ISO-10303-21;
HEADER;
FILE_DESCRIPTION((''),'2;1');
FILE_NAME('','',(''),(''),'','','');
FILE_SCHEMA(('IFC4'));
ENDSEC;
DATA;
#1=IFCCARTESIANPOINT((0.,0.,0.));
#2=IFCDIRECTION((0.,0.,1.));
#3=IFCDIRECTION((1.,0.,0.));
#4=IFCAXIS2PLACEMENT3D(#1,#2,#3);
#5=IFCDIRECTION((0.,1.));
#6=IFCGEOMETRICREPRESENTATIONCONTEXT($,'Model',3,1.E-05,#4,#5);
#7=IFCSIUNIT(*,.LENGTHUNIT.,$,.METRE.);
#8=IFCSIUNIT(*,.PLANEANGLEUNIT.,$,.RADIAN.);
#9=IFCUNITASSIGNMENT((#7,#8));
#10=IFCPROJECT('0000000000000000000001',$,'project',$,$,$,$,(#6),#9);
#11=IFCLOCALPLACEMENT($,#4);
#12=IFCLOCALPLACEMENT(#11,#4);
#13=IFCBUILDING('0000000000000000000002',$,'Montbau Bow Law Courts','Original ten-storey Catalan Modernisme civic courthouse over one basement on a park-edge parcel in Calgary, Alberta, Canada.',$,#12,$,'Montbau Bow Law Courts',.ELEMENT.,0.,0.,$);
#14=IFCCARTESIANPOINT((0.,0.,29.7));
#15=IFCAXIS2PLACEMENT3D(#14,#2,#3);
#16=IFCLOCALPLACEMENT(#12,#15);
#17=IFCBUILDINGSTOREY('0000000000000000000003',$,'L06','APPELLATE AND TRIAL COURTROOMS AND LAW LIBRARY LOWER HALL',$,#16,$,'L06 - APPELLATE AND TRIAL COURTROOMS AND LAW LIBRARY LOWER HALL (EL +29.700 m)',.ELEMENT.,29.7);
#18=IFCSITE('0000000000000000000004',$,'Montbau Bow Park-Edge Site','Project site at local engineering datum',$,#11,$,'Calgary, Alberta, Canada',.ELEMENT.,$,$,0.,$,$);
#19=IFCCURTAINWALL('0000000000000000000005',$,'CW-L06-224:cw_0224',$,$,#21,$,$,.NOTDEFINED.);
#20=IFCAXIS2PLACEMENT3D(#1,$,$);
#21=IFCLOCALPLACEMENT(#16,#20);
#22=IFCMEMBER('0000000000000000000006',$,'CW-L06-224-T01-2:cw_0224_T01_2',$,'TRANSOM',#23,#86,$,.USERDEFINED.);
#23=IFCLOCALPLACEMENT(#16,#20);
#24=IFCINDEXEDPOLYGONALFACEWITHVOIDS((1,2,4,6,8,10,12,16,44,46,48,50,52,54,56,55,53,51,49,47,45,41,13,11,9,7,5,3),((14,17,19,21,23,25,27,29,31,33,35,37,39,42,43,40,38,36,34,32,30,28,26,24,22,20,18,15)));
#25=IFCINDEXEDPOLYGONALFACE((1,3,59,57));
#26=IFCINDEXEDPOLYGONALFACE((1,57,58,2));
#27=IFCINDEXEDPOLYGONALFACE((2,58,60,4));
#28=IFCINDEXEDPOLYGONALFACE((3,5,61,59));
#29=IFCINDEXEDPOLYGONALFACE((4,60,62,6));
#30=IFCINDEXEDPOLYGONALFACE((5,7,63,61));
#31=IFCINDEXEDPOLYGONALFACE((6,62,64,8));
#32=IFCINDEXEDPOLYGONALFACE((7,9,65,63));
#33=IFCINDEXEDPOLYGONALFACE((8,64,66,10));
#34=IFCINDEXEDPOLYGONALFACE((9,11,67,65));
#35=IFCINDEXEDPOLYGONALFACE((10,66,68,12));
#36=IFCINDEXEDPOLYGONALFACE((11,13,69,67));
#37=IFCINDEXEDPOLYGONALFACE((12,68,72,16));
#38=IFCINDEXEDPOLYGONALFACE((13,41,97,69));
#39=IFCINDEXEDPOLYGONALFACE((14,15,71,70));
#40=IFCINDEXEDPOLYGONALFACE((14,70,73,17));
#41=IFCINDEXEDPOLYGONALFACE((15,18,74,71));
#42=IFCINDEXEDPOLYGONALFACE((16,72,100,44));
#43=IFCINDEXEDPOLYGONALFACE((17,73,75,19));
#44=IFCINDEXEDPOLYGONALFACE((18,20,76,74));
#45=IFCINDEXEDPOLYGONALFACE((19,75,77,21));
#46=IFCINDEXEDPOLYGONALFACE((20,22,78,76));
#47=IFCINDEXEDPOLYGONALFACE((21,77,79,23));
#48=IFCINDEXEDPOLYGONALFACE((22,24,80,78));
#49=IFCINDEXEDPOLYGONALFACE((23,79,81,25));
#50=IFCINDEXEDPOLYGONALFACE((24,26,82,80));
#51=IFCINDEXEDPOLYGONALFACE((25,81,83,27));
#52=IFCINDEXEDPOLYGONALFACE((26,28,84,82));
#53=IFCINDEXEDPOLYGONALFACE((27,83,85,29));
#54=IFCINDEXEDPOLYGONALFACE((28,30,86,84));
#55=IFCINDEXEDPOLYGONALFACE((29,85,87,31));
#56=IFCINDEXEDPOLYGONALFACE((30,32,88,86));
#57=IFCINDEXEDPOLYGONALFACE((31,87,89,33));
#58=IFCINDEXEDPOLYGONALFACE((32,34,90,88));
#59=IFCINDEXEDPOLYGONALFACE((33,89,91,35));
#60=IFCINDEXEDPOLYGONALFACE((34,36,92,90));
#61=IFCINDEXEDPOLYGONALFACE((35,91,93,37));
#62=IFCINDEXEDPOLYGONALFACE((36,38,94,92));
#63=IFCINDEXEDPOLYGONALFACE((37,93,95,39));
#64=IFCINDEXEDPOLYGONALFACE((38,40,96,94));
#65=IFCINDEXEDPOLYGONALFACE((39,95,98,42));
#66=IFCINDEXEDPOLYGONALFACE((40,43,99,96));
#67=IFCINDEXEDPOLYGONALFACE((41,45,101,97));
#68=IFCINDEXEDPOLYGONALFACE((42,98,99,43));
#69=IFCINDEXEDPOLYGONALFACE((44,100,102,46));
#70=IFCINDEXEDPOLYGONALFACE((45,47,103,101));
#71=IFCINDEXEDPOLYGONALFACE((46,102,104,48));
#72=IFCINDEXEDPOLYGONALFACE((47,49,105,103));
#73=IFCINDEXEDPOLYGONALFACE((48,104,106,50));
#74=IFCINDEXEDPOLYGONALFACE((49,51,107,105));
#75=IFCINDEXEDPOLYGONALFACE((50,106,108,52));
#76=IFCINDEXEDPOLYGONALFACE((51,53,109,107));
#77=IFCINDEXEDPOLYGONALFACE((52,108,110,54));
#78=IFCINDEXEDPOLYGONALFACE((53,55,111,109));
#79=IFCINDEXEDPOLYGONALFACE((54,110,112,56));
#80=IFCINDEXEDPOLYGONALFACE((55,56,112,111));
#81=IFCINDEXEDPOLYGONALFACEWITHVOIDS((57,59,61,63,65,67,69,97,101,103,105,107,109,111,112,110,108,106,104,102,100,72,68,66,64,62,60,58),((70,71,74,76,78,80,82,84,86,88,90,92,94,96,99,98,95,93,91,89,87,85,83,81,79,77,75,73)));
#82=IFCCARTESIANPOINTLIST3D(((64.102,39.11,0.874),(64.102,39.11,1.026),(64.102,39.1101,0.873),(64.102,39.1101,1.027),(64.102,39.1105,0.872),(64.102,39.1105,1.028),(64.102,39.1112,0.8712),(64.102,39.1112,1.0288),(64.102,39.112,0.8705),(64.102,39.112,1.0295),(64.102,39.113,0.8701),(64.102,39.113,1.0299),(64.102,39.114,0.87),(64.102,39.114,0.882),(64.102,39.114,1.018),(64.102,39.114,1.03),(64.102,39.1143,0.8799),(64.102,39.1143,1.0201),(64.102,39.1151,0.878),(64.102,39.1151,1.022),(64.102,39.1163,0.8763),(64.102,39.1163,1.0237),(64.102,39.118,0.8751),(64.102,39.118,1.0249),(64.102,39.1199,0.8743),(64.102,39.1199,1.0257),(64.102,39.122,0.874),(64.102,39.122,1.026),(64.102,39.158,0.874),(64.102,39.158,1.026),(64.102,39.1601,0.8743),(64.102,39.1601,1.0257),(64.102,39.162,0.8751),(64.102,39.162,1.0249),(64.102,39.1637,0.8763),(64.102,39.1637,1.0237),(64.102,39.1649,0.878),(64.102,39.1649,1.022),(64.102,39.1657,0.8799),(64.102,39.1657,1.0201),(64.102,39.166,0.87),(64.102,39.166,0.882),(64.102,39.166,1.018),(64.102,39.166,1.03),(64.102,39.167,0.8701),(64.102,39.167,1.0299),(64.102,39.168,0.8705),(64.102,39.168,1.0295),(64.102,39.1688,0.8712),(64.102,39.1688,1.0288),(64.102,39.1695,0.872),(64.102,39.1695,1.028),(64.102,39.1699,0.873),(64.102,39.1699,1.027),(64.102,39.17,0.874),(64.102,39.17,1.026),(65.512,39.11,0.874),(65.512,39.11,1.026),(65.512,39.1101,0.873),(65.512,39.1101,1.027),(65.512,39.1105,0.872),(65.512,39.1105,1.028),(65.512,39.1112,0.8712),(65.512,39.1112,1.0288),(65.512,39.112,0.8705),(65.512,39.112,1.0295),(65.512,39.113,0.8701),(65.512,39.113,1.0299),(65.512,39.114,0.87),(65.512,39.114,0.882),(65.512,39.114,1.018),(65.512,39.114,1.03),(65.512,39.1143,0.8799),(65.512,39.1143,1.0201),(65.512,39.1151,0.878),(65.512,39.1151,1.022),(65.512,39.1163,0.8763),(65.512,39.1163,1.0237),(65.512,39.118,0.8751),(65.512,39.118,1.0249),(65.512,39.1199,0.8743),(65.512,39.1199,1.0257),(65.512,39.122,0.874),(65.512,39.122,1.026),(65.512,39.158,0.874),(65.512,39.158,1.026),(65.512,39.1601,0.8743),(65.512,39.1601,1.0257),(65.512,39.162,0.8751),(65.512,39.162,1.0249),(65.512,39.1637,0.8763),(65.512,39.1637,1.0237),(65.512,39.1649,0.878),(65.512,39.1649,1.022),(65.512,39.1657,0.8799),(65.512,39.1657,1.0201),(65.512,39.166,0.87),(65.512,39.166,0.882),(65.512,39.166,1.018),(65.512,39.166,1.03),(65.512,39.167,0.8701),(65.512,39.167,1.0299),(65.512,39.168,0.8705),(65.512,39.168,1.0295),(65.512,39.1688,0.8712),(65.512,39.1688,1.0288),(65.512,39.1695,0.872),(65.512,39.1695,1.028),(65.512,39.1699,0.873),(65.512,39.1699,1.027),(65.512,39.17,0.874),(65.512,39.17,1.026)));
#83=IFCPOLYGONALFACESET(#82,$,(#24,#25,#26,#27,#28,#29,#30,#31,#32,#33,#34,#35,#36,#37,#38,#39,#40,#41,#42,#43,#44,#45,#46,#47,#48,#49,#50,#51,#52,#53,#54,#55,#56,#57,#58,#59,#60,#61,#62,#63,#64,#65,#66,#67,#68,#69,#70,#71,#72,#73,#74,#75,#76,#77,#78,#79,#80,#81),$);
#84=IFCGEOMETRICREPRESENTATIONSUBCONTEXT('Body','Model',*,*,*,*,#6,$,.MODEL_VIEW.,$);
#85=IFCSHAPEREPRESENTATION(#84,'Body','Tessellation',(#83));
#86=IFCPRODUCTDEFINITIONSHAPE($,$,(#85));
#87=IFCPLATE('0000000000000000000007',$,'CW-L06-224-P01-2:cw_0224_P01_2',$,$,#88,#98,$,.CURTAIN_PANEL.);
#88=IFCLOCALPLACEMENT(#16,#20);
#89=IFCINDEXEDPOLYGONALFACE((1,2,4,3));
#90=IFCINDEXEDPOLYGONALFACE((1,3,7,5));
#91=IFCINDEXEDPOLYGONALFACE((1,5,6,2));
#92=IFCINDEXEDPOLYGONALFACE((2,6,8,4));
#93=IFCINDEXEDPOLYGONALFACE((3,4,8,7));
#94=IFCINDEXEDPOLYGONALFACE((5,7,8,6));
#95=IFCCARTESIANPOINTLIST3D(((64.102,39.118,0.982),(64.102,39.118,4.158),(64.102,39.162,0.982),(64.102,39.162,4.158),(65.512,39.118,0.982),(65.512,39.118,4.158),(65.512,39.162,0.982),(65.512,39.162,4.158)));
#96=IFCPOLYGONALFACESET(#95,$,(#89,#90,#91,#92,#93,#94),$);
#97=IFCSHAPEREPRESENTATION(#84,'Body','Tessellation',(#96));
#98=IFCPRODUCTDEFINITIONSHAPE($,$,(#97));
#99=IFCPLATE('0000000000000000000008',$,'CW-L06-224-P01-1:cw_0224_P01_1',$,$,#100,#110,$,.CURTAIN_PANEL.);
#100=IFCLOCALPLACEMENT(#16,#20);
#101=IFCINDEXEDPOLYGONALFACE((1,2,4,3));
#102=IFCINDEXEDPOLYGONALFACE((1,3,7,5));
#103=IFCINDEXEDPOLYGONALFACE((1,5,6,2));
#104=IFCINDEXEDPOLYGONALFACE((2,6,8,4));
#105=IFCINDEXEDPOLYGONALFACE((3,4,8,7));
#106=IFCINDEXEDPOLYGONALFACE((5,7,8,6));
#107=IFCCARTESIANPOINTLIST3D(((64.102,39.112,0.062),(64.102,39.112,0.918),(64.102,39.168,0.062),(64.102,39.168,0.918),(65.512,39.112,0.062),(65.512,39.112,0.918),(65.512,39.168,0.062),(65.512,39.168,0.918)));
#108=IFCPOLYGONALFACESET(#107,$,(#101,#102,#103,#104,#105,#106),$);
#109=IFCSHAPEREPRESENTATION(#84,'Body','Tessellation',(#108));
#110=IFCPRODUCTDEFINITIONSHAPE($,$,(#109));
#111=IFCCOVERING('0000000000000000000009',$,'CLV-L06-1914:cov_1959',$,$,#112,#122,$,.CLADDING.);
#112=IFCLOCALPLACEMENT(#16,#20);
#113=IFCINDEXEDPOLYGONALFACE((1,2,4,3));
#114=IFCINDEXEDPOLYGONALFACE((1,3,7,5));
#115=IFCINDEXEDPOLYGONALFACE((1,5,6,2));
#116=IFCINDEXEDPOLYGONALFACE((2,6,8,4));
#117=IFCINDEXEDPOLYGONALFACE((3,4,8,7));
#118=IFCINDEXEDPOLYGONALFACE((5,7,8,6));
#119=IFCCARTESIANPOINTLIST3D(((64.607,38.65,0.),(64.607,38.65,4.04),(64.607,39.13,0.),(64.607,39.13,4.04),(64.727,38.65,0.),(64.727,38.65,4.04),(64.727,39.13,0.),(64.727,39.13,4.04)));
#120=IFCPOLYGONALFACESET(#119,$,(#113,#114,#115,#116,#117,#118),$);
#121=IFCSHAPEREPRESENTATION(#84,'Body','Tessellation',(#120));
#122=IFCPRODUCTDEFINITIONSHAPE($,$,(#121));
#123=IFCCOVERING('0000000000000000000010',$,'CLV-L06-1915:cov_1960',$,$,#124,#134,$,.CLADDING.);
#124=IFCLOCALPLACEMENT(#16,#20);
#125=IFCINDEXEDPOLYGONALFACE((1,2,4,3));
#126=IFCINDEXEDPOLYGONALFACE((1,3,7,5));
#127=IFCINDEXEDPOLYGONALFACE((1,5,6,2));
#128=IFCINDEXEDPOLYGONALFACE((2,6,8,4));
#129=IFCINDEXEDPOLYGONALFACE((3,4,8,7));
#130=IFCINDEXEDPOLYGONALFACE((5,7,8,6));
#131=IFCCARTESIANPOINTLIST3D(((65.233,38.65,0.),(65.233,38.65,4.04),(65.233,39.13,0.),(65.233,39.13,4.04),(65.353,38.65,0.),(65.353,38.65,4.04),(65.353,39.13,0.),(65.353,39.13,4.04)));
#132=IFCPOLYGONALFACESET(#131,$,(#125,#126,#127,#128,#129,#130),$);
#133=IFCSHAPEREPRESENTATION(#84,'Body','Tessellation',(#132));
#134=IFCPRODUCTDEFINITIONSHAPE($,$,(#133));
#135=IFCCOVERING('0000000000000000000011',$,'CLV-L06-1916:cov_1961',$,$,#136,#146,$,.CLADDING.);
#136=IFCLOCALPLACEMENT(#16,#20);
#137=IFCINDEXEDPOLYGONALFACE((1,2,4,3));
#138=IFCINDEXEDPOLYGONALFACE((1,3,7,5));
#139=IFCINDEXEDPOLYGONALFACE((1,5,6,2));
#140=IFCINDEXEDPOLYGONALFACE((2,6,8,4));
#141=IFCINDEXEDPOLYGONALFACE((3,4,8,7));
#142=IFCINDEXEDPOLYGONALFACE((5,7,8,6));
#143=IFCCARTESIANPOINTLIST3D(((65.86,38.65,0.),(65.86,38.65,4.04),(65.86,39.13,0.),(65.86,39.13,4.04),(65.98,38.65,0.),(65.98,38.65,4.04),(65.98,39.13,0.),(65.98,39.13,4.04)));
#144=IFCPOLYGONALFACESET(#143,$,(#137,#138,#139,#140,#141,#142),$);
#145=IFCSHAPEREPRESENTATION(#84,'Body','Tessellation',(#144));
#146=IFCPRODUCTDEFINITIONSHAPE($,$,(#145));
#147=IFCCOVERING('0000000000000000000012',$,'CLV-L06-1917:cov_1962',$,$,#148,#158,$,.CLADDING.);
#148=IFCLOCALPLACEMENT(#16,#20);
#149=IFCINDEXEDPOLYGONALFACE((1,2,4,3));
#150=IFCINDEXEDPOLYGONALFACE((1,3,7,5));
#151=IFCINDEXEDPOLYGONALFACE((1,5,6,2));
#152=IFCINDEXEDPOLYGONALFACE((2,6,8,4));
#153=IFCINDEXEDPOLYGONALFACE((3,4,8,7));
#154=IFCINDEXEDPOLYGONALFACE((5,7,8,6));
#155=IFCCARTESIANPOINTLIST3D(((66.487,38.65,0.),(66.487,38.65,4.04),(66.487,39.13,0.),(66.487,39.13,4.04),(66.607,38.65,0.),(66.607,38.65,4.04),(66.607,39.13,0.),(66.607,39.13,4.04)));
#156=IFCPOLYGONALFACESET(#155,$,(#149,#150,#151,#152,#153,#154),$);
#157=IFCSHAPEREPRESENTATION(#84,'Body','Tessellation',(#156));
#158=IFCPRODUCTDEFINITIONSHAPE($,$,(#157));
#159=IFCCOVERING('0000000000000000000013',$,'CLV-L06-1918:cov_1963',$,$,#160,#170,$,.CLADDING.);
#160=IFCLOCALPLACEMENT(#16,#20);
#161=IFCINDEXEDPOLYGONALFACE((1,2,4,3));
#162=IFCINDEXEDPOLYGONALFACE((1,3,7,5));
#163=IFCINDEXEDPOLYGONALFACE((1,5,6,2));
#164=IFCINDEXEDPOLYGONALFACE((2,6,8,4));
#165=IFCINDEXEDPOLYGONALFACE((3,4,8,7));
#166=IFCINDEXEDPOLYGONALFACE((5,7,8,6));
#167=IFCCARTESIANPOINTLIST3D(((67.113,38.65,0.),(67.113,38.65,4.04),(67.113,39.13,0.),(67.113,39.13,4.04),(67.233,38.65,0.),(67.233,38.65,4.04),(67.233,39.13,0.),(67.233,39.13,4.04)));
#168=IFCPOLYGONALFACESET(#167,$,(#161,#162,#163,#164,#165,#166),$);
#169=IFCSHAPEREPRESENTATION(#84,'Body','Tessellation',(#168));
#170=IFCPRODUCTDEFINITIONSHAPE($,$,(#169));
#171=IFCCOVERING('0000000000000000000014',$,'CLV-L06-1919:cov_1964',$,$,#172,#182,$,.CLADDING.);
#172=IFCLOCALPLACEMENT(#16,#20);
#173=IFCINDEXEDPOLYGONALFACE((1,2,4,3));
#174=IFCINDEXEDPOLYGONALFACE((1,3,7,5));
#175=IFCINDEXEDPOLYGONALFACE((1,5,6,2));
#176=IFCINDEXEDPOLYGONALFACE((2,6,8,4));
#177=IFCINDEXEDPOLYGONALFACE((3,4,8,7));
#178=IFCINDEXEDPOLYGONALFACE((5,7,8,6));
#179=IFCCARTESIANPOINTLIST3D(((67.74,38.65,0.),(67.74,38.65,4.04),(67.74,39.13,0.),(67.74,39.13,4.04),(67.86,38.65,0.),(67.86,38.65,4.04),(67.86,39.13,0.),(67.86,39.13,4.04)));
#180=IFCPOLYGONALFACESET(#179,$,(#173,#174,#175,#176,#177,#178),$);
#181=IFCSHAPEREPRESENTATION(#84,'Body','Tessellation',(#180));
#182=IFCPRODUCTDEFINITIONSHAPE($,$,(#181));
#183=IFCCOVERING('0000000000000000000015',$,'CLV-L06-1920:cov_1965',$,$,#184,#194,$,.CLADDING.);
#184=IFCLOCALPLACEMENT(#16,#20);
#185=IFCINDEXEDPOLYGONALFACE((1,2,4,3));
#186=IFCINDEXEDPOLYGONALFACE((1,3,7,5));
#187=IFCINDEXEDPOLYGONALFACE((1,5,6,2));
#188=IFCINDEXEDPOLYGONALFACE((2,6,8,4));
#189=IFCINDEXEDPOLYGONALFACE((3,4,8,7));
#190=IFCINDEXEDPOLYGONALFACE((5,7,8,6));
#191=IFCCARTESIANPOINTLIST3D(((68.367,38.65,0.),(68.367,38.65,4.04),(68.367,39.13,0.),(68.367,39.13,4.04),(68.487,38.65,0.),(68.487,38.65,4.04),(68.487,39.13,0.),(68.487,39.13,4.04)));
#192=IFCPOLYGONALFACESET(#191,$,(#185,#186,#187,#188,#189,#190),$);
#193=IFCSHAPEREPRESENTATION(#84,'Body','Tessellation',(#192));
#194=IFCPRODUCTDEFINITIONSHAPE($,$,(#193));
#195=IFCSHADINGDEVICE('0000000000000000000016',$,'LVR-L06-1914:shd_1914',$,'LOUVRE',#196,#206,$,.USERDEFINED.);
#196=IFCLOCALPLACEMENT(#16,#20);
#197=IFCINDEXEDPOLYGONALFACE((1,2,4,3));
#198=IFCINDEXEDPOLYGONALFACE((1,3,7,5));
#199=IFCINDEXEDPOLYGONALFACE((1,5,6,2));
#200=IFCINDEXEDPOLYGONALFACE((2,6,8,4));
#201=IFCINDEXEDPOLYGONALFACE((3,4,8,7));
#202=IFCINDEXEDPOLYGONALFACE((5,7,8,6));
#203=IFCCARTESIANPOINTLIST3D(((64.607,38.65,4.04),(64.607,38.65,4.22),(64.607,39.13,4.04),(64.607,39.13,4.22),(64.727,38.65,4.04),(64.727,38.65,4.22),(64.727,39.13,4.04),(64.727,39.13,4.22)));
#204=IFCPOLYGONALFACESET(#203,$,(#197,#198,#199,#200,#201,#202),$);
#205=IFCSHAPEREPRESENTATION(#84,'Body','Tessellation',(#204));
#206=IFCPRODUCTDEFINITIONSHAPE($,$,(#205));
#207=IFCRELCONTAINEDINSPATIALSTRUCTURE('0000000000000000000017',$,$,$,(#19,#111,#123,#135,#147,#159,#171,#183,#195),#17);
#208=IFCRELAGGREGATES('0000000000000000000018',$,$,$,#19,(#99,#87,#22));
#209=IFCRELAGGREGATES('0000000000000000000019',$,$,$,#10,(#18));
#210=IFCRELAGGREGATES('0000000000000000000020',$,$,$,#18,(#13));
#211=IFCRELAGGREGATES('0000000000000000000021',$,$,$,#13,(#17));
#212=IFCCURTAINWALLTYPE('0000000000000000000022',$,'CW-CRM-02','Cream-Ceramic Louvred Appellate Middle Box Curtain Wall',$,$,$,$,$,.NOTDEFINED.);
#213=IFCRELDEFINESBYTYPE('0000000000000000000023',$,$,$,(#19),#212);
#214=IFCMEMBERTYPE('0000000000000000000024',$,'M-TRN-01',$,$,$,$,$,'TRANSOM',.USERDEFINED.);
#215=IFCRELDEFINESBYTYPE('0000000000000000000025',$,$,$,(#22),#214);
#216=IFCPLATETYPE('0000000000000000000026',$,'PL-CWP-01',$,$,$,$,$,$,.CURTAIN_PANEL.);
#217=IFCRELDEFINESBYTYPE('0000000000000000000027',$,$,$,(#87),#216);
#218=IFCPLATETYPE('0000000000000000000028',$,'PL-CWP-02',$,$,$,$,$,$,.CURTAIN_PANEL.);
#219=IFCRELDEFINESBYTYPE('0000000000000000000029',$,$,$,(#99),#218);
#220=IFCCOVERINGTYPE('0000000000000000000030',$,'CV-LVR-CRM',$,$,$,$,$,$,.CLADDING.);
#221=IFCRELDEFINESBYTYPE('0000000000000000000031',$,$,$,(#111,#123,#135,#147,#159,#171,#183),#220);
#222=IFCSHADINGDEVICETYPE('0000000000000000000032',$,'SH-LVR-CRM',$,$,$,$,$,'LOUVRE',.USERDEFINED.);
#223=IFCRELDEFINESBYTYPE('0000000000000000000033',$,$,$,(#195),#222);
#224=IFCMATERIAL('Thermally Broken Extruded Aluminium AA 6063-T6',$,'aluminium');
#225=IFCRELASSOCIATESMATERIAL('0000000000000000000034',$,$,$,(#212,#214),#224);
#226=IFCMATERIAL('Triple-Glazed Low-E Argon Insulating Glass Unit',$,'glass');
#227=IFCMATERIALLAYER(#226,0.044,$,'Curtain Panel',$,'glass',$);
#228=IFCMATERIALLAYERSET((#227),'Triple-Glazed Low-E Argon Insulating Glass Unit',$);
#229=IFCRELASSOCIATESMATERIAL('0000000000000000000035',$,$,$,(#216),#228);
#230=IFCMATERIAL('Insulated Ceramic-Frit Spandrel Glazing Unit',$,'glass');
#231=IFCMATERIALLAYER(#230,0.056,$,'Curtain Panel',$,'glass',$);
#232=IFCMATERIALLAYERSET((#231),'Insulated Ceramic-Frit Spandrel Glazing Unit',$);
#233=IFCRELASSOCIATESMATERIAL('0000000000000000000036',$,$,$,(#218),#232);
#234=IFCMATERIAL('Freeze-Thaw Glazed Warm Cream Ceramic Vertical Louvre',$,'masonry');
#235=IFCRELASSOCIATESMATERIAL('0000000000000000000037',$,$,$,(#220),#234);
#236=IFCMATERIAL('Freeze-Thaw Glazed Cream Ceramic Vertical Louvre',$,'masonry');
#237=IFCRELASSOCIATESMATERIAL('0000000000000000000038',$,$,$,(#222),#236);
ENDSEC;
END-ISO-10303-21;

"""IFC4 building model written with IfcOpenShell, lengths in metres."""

from ifc_helpers import new_model, si_unit, direction, frame, frame_2d, origin_with_axes, origin_2d_with_axis, place, context, subcontext, project, spatial, rectangle, hollow_rectangle, extrude, material, layer, layer_set, material_profile, profile_set, type_object, element, aggregate, save


model = new_model("IFC4")

# Units and contexts
model_context = context("Model", 3, precision=1e-05, world=origin_with_axes(), true_north=direction((0.0, 1.0)))
body_context = subcontext(model_context, "Body", "Model", "MODEL_VIEW")
ifc_project = project(units=[si_unit("LENGTHUNIT", "METRE"), si_unit("PLANEANGLEUNIT", "RADIAN")], contexts=[model_context])

# Site, building, storey
site_placement = place(None, origin_with_axes())
site = spatial("IfcSite", under=ifc_project, at=site_placement, Name="Montbau Bow Park-Edge Site", Description="Project site at local engineering datum", LongName="Calgary, Alberta, Canada", CompositionType="ELEMENT", RefElevation=0.0)
building_placement = place(site_placement, origin_with_axes())
building = spatial("IfcBuilding", under=site, at=building_placement, Name="Montbau Bow Law Courts", Description="Original ten-storey Catalan Modernisme civic courthouse over one basement on a park-edge parcel in Calgary, Alberta, Canada.", LongName="Montbau Bow Law Courts", CompositionType="ELEMENT", ElevationOfRefHeight=0.0, ElevationOfTerrain=0.0)
storey_placement = place(building_placement, frame((0.0, 0.0, 29.7), z_axis=(0.0, 0.0, 1.0), x_axis=(1.0, 0.0, 0.0)))
storey = spatial("IfcBuildingStorey", under=building, at=storey_placement, Name="L06", Description="APPELLATE AND TRIAL COURTROOMS AND LAW LIBRARY LOWER HALL", LongName="L06 - APPELLATE AND TRIAL COURTROOMS AND LAW LIBRARY LOWER HALL (EL +29.700 m)", CompositionType="ELEMENT", Elevation=29.7)

# Curtain wall, member, plates
ifc_material_1 = material(Name="Thermally Broken Extruded Aluminium AA 6063-T6", Category="aluminium")
curtain_wall_type = type_object("IfcCurtainWallType", Name="CW-CRM-02", Description="Cream-Ceramic Louvred Appellate Middle Box Curtain Wall", PredefinedType="NOTDEFINED", material=ifc_material_1)
curtain_wall_placement = place(None, frame((64.04, 39.14, 29.7), z_axis=(0.0, 0.0, 1.0), x_axis=(1.0, 0.0, 0.0)))
curtain_wall = element("IfcCurtainWall", 1, at=curtain_wall_placement, inside=storey, type_object=curtain_wall_type, Name="CW-L06-224:cw_0224", PredefinedType="NOTDEFINED")
ifc_material_profile_1 = material_profile(ifc_material_1, hollow_rectangle(XDim=0.06, YDim=0.16, WallThickness=0.004, InnerFilletRadius=0.008, OuterFilletRadius=0.004, at=origin_2d_with_axis()), Name="CWT-160X60", Category="Main", Priority=0)
ifc_profile_set_1 = profile_set([ifc_material_profile_1], Name="Thermally Broken Extruded Aluminium AA 6063-T6")
member_type_1 = type_object("IfcMemberType", Name="M-TRN-01", ElementType="TRANSOM", PredefinedType="USERDEFINED", material=ifc_profile_set_1)
member_1_placement = place(None, frame((64.102, 39.14, 30.65), z_axis=(1.0, 0.0, 0.0), x_axis=(0.0, 1.0, 0.0)))
member_1 = element("IfcMember", 2, at=member_1_placement, type_object=member_type_1, Name="CW-L06-224-T01-2:cw_0224_T01_2", ObjectType="TRANSOM", PredefinedType="USERDEFINED", context=body_context, shape_type="SweptSolid", body=[
    extrude(hollow_rectangle(XDim=0.06, YDim=0.16, WallThickness=0.004, InnerFilletRadius=0.008, OuterFilletRadius=0.004, at=origin_2d_with_axis()), origin_with_axes(), (0.0, 0.0, 1.0), 1.41),
])
ifc_material_2 = material(Name="Triple-Glazed Low-E Argon Insulating Glass Unit", Category="glass")
ifc_layer_1 = layer(ifc_material_2, 0.044, Name="Curtain Panel", Category="glass")
ifc_layer_set_1 = layer_set([ifc_layer_1], Name="Triple-Glazed Low-E Argon Insulating Glass Unit")
plate_type_1 = type_object("IfcPlateType", Name="PL-CWP-01", PredefinedType="CURTAIN_PANEL", material=ifc_layer_set_1)
plate_1_placement = place(None, frame((64.102, 39.14, 30.682), z_axis=(0.0, -1.0, 0.0), x_axis=(1.0, 0.0, 0.0)))
plate_1 = element("IfcPlate", 3, at=plate_1_placement, type_object=plate_type_1, Name="CW-L06-224-P01-2:cw_0224_P01_2", PredefinedType="CURTAIN_PANEL", context=body_context, shape_type="SweptSolid", body=[
    extrude(rectangle(XDim=1.41, YDim=3.176, at=frame_2d((0.705, 1.588), x_axis=(1.0, 0.0))), frame((0.0, 0.0, -0.022), z_axis=(0.0, 0.0, 1.0), x_axis=(1.0, 0.0, 0.0)), (0.0, 0.0, 1.0), 0.044),
])
ifc_material_3 = material(Name="Insulated Ceramic-Frit Spandrel Glazing Unit", Category="glass")
ifc_layer_2 = layer(ifc_material_3, 0.056, Name="Curtain Panel", Category="glass")
ifc_layer_set_2 = layer_set([ifc_layer_2], Name="Insulated Ceramic-Frit Spandrel Glazing Unit")
plate_type_2 = type_object("IfcPlateType", Name="PL-CWP-02", PredefinedType="CURTAIN_PANEL", material=ifc_layer_set_2)
plate_2_placement = place(None, frame((64.102, 39.14, 29.762), z_axis=(0.0, -1.0, 0.0), x_axis=(1.0, 0.0, 0.0)))
plate_2 = element("IfcPlate", 4, at=plate_2_placement, type_object=plate_type_2, Name="CW-L06-224-P01-1:cw_0224_P01_1", PredefinedType="CURTAIN_PANEL", context=body_context, shape_type="SweptSolid", body=[
    extrude(rectangle(XDim=1.41, YDim=0.856, at=frame_2d((0.705, 0.428), x_axis=(1.0, 0.0))), frame((0.0, 0.0, -0.028), z_axis=(0.0, 0.0, 1.0), x_axis=(1.0, 0.0, 0.0)), (0.0, 0.0, 1.0), 0.056),
])
aggregate(curtain_wall, [plate_2, plate_1, member_1])

# Coverings
ifc_material_4 = material(Name="Freeze-Thaw Glazed Warm Cream Ceramic Vertical Louvre", Category="masonry")
covering_type = type_object("IfcCoveringType", Name="CV-LVR-CRM", PredefinedType="CLADDING", material=ifc_material_4)
for number, where, z_axis, x_axis, name in (
    (5, (64.667, 39.13, 29.7), (-1.0, 0.0, 0.0), (0.0, -1.0, 0.0), "CLV-L06-1914:cov_1959"),
    (6, (65.293, 39.13, 29.7), (-1.0, 0.0, 0.0), (0.0, -1.0, 0.0), "CLV-L06-1915:cov_1960"),
    (7, (65.92, 39.13, 29.7), (-1.0, 0.0, 0.0), (0.0, -1.0, 0.0), "CLV-L06-1916:cov_1961"),
    (8, (66.547, 39.13, 29.7), (-1.0, 0.0, 0.0), (0.0, -1.0, 0.0), "CLV-L06-1917:cov_1962"),
    (9, (67.173, 39.13, 29.7), (-1.0, 0.0, 0.0), (0.0, -1.0, 0.0), "CLV-L06-1918:cov_1963"),
    (10, (67.8, 39.13, 29.7), (-1.0, 0.0, 0.0), (0.0, -1.0, 0.0), "CLV-L06-1919:cov_1964"),
    (11, (68.427, 39.13, 29.7), (-1.0, 0.0, 0.0), (0.0, -1.0, 0.0), "CLV-L06-1920:cov_1965"),
):
    element("IfcCovering", number, at=place(None, frame(where, z_axis=z_axis, x_axis=x_axis)), inside=storey, type_object=covering_type, Name=name, PredefinedType="CLADDING", context=body_context, shape_type="SweptSolid", body=[
        extrude(rectangle(XDim=0.48, YDim=4.04, at=frame_2d((0.24, 2.02), x_axis=(1.0, 0.0))), frame((0.0, 0.0, -0.06), z_axis=(0.0, 0.0, 1.0), x_axis=(1.0, 0.0, 0.0)), (0.0, 0.0, 1.0), 0.12),
    ])

# Shading device
ifc_material_5 = material(Name="Freeze-Thaw Glazed Cream Ceramic Vertical Louvre", Category="masonry")
shading_device_type = type_object("IfcShadingDeviceType", Name="SH-LVR-CRM", ElementType="LOUVRE", PredefinedType="USERDEFINED", material=ifc_material_5)
for number, where, z_axis, x_axis, name in (
    (12, (64.667, 38.89, 33.74), (0.0, 0.0, 1.0), (0.0, -1.0, 0.0), "LVR-L06-1914:shd_1914"),
):
    element("IfcShadingDevice", number, at=place(None, frame(where, z_axis=z_axis, x_axis=x_axis)), inside=storey, type_object=shading_device_type, Name=name, ObjectType="LOUVRE", PredefinedType="USERDEFINED", context=body_context, shape_type="SweptSolid", body=[
        extrude(rectangle(XDim=0.48, YDim=0.12, at=origin_2d_with_axis()), origin_with_axes(), (0.0, 0.0, 1.0), 0.18),
    ])

save(model, "model.ifc")
